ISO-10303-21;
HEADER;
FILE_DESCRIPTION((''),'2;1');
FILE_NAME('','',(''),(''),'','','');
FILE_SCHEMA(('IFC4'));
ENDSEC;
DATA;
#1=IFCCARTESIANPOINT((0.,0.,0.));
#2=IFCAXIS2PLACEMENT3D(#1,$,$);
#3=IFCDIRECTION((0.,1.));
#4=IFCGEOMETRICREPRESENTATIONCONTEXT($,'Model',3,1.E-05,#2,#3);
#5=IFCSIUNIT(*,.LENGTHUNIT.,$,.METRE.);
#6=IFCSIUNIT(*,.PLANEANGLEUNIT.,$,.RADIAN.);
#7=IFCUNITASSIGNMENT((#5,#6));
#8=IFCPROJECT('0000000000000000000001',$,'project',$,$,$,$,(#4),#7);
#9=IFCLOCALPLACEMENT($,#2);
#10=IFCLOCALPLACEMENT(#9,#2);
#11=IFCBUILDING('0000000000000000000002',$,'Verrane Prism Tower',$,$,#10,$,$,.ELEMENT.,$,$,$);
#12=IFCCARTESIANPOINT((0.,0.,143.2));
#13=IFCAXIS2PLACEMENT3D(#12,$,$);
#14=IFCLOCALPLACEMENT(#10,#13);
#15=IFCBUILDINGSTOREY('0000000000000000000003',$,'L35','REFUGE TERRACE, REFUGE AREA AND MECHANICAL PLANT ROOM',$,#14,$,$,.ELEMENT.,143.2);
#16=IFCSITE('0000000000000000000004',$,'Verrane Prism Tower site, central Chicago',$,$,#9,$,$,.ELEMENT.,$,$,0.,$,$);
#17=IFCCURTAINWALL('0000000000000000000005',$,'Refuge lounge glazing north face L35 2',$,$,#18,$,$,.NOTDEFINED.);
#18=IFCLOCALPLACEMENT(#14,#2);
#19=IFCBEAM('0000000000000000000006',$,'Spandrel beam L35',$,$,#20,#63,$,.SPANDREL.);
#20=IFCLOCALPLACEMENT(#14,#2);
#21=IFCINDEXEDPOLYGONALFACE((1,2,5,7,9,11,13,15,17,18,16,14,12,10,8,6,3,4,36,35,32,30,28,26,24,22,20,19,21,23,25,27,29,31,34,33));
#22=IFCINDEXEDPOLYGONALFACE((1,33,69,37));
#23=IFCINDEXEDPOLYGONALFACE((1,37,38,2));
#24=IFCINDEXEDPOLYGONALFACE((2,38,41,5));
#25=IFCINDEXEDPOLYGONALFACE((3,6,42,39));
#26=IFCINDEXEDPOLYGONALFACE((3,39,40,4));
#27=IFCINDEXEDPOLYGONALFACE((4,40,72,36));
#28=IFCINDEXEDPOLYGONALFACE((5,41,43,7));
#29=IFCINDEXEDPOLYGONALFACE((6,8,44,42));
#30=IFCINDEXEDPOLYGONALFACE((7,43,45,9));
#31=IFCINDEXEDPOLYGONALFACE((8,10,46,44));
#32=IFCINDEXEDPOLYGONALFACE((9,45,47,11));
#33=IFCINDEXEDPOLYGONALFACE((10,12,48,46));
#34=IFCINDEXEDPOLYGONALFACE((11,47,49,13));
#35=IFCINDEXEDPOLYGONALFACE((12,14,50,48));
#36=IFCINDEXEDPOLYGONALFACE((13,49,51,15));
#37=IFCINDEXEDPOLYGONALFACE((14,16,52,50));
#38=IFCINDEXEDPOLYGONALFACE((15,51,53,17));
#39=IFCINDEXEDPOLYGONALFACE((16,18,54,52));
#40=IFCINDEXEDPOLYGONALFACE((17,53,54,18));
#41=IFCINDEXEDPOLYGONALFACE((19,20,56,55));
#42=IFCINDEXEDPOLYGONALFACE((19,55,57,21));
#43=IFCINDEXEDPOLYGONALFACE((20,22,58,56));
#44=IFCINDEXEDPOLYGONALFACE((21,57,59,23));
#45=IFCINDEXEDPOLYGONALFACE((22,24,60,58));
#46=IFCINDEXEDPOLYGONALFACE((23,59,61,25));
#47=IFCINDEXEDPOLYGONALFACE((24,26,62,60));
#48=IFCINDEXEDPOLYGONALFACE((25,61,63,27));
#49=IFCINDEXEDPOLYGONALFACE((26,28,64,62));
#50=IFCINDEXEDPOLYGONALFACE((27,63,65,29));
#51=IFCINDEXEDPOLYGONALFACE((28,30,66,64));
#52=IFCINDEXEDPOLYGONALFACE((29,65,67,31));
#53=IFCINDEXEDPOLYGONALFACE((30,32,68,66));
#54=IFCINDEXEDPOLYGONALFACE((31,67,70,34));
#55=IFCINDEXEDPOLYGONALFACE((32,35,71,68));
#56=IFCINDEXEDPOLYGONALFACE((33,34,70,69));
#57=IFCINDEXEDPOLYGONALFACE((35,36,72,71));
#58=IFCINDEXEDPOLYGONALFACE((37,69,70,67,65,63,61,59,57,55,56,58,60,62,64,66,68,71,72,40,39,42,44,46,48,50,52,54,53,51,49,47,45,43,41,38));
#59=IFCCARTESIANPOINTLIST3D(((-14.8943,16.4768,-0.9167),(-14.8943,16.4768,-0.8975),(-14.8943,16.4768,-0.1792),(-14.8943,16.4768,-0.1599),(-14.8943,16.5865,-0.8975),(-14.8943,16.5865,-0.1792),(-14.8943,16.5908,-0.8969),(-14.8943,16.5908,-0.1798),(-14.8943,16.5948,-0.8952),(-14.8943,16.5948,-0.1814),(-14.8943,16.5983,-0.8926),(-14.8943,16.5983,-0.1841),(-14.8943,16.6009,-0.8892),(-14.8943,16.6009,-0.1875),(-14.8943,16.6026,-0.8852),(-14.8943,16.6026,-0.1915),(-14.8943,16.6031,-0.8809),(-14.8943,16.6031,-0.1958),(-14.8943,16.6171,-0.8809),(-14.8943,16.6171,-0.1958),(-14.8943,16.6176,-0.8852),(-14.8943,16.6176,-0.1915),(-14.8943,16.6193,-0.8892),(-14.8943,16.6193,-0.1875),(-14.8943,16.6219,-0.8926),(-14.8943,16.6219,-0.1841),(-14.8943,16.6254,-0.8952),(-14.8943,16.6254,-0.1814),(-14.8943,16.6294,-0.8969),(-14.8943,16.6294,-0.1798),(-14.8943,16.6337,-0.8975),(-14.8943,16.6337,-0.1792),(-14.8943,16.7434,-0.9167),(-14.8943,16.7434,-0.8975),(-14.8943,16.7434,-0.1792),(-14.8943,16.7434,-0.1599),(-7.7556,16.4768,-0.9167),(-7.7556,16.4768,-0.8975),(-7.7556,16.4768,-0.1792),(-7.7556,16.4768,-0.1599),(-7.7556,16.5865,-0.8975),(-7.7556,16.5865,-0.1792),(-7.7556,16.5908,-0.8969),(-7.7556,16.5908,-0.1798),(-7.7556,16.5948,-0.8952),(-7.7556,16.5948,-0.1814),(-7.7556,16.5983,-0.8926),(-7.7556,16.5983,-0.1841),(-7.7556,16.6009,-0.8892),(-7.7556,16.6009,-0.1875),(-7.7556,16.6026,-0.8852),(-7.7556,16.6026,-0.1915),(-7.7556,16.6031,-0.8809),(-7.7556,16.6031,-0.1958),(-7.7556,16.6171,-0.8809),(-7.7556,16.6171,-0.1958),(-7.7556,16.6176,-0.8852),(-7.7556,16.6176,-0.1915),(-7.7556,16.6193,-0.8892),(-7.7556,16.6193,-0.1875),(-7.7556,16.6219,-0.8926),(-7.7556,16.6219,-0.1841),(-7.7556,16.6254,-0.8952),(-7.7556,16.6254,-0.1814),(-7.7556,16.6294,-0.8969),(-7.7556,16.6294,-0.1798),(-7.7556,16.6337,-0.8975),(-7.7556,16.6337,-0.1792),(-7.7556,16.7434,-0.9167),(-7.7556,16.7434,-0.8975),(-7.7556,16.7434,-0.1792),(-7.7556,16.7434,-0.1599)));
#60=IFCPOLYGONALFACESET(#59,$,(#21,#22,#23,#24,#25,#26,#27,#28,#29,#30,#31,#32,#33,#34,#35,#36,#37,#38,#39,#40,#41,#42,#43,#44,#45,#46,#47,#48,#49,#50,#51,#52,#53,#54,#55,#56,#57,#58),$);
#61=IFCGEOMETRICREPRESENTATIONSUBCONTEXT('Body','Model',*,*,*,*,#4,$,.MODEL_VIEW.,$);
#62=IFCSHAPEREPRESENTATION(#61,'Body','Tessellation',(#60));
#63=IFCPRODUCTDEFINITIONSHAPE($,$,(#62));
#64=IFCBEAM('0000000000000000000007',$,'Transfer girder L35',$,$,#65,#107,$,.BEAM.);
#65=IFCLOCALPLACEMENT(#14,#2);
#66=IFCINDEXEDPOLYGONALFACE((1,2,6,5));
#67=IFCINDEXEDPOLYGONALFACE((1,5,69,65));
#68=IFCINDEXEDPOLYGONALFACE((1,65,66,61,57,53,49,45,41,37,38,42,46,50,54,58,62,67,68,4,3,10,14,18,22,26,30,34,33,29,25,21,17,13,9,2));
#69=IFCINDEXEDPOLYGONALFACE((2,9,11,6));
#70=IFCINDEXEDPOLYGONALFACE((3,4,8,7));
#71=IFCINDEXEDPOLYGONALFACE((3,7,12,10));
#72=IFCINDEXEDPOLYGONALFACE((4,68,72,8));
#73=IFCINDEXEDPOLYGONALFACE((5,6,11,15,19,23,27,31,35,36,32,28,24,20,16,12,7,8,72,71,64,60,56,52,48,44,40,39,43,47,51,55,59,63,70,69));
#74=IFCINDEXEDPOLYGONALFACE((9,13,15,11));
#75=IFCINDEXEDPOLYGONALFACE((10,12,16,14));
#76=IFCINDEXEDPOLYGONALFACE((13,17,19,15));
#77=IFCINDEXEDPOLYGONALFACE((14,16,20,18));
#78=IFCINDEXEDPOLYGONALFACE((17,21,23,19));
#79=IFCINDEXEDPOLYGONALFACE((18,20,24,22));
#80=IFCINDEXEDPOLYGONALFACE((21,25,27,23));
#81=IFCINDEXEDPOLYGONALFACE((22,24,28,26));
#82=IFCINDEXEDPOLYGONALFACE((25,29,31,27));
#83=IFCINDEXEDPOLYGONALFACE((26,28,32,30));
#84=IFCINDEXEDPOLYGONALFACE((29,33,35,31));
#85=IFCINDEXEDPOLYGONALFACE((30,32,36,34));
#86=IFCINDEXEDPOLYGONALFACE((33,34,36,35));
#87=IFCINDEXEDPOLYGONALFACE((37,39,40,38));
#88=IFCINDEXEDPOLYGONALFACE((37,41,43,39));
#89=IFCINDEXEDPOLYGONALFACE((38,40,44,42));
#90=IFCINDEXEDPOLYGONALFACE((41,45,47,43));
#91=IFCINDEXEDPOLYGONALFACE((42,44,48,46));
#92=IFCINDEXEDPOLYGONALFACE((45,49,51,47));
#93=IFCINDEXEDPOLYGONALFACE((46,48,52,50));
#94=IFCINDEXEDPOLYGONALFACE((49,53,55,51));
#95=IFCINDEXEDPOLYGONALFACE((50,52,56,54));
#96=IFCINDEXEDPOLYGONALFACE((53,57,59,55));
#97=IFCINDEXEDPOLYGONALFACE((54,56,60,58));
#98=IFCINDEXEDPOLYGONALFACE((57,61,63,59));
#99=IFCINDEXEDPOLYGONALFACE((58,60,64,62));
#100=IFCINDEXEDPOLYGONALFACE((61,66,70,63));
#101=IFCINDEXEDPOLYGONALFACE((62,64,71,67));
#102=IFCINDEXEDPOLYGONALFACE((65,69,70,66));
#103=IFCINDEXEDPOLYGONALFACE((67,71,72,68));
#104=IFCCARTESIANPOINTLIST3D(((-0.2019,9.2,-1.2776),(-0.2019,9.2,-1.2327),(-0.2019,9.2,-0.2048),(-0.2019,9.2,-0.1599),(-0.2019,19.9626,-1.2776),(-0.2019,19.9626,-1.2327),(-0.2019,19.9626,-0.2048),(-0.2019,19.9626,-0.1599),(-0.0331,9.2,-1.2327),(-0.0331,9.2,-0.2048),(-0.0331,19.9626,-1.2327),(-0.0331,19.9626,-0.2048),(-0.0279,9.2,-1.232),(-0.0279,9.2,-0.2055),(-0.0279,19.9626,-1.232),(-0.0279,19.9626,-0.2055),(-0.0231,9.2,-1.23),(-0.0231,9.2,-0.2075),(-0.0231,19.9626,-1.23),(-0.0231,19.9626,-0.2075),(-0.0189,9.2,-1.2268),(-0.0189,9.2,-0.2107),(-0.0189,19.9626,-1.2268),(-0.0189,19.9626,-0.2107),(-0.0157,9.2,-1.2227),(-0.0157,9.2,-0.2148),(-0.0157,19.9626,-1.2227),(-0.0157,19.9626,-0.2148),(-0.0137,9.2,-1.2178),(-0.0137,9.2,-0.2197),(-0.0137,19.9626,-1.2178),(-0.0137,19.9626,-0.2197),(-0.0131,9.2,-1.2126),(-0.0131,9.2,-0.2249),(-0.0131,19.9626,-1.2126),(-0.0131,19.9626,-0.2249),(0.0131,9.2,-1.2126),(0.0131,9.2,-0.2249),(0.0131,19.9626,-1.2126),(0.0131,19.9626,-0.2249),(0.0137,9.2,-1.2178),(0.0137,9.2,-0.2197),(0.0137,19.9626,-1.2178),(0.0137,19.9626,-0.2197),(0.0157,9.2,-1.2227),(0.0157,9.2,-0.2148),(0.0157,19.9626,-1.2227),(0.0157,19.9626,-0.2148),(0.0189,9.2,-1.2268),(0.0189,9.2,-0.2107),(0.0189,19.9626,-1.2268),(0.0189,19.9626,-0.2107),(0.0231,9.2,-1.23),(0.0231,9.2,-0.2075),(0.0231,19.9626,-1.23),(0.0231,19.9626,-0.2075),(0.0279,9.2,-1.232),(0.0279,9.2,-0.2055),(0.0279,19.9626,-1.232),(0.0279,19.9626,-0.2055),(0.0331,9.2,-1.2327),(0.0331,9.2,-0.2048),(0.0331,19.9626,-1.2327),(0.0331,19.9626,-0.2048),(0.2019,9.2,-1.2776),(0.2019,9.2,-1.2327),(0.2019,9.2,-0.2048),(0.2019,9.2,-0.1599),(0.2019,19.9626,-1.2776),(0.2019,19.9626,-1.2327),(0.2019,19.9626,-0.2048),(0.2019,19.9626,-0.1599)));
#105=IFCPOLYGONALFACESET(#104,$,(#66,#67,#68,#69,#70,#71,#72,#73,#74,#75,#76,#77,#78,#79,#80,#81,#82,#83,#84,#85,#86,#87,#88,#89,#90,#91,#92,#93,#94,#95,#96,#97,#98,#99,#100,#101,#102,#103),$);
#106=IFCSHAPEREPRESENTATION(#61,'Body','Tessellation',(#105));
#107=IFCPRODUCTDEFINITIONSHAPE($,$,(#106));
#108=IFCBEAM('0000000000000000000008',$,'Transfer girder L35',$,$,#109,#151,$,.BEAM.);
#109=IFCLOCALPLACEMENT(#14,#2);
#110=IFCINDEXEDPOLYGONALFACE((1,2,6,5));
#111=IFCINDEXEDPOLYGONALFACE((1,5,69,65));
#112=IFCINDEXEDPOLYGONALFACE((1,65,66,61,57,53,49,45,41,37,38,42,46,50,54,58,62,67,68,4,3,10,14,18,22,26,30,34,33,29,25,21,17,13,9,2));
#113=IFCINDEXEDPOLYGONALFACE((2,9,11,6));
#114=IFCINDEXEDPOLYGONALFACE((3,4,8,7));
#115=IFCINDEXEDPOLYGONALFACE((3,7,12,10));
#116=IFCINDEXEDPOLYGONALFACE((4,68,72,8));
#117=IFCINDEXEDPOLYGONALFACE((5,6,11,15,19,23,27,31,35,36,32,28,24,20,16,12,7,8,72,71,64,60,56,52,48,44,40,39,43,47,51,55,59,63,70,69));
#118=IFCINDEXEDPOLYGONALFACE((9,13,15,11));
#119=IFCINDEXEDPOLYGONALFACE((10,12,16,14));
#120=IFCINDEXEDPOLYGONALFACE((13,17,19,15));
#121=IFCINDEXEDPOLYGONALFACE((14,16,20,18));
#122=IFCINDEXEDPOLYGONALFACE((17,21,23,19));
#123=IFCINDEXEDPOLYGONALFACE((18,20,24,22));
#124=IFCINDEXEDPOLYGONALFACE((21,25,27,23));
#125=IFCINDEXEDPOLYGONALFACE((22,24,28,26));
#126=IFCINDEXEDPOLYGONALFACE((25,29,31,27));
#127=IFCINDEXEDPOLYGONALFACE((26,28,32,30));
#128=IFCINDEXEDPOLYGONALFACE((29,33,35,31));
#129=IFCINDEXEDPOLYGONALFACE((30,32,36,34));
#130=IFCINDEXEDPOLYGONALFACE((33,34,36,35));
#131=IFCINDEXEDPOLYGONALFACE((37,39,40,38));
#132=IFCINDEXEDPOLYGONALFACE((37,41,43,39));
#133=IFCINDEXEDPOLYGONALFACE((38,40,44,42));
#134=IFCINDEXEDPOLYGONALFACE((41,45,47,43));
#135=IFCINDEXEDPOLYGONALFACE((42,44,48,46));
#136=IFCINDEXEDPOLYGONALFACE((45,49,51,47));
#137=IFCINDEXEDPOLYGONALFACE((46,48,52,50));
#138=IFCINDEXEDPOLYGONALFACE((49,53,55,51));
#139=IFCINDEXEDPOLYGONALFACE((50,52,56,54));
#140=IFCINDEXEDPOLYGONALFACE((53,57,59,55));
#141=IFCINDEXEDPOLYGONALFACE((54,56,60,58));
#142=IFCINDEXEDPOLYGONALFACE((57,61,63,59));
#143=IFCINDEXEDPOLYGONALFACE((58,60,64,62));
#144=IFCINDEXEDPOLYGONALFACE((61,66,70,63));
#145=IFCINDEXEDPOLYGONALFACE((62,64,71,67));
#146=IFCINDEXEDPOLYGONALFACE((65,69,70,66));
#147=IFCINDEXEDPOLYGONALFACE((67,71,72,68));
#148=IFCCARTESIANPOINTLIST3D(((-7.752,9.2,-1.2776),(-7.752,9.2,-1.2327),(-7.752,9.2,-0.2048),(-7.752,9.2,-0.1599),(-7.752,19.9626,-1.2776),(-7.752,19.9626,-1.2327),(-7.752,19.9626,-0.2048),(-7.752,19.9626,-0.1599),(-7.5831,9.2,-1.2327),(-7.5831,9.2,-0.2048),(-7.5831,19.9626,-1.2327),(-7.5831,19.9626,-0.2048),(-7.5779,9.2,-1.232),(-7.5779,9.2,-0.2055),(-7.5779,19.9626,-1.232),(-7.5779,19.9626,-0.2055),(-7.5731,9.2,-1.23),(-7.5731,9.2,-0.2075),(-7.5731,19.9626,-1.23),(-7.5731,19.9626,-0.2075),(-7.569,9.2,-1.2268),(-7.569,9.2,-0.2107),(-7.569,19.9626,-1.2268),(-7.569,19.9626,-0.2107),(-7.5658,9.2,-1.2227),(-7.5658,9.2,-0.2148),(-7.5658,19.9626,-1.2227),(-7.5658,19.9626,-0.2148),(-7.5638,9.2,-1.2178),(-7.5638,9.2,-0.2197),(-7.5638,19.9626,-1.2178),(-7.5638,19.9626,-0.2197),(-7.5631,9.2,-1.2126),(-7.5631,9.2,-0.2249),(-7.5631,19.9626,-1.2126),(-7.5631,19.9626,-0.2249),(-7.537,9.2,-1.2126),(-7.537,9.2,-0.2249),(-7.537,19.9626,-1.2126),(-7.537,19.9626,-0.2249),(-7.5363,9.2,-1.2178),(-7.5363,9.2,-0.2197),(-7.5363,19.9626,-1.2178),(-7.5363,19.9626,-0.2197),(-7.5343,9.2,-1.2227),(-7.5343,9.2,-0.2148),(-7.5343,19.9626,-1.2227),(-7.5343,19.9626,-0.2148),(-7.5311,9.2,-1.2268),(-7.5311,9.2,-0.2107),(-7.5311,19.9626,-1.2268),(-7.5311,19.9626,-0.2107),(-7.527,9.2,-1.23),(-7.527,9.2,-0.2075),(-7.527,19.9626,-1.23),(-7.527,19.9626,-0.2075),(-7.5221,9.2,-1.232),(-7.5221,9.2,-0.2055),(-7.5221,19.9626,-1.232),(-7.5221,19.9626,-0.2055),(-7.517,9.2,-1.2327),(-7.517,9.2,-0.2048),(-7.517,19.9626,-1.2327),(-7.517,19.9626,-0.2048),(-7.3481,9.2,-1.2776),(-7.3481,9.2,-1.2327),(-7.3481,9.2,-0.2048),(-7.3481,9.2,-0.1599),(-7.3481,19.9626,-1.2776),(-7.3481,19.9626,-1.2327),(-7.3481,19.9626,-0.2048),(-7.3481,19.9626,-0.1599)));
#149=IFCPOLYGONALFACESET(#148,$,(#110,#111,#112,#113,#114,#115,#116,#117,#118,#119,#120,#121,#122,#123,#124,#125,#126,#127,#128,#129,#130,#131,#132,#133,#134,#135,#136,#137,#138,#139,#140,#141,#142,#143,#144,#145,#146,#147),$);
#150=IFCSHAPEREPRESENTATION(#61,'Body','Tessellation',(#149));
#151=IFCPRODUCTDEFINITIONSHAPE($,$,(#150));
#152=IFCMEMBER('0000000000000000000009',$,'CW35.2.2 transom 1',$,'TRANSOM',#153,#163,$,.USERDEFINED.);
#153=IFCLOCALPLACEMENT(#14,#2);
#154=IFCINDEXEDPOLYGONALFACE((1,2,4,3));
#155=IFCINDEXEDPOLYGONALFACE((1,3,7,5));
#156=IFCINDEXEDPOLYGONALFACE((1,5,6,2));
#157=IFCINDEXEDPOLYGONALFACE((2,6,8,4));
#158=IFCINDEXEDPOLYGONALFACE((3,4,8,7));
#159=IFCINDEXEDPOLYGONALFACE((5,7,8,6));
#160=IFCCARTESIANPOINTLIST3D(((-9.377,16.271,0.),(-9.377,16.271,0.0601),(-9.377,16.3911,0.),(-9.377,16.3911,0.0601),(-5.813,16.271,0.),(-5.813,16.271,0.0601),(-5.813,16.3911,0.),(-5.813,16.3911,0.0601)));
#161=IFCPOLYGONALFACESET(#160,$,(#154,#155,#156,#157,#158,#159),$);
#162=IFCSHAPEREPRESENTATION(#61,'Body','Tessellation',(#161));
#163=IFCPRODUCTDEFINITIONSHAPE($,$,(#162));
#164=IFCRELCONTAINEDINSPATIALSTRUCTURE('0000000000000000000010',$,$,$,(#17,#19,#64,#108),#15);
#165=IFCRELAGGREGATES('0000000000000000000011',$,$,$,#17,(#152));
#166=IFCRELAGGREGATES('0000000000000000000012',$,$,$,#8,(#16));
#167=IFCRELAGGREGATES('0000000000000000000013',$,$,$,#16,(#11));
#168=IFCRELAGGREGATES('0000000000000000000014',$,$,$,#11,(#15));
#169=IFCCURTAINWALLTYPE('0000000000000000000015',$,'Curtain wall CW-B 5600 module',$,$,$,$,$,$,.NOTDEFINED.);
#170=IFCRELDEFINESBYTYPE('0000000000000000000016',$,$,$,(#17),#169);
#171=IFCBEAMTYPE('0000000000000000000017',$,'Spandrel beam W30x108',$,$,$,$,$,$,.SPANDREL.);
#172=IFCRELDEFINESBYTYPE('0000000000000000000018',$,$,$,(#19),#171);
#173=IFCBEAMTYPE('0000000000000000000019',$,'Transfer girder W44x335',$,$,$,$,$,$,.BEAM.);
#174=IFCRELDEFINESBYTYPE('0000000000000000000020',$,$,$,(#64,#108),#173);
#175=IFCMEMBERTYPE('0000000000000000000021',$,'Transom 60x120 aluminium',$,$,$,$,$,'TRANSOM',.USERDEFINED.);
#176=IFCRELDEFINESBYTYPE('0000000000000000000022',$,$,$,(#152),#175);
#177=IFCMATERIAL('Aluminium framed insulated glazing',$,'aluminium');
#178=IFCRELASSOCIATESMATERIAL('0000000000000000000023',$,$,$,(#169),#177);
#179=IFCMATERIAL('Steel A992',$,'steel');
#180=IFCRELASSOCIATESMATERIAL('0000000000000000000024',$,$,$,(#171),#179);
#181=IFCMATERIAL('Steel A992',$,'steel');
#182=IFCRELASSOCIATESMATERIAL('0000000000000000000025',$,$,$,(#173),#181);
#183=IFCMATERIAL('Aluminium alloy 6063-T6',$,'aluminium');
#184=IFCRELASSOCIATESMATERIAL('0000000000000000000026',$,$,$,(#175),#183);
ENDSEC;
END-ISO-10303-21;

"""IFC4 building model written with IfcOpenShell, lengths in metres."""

from ifc_helpers import new_model, si_unit, direction, frame, origin, origin_2d, place, context, subcontext, project, spatial, rectangle, i_section, extrude, material, material_profile, profile_set, type_object, element, aggregate, save


model = new_model("IFC4")

# Units and contexts
model_context = context("Model", 3, precision=1e-05, world=origin(), true_north=direction((0.0, 1.0)))
body_context = subcontext(model_context, "Body", "Model", "MODEL_VIEW")
ifc_project = project(units=[si_unit("LENGTHUNIT", "METRE"), si_unit("PLANEANGLEUNIT", "RADIAN")], contexts=[model_context])

# Site, building, storey
site_placement = place(None, origin())
site = spatial("IfcSite", under=ifc_project, at=site_placement, Name="Verrane Prism Tower site, central Chicago", CompositionType="ELEMENT", RefElevation=0.0)
building_placement = place(site_placement, origin())
building = spatial("IfcBuilding", under=site, at=building_placement, Name="Verrane Prism Tower", CompositionType="ELEMENT")
storey_placement = place(building_placement, frame((0.0, 0.0, 143.2)))
storey = spatial("IfcBuildingStorey", under=building, at=storey_placement, Name="L35", Description="REFUGE TERRACE, REFUGE AREA AND MECHANICAL PLANT ROOM", CompositionType="ELEMENT", Elevation=143.2)

# Curtain wall
ifc_material_1 = material(Name="Aluminium framed insulated glazing", Category="aluminium")
curtain_wall_type = type_object("IfcCurtainWallType", Name="Curtain wall CW-B 5600 module", PredefinedType="NOTDEFINED", material=ifc_material_1)
curtain_wall_placement = place(storey_placement, origin())
curtain_wall = element("IfcCurtainWall", 1, at=curtain_wall_placement, inside=storey, type_object=curtain_wall_type, Name="Refuge lounge glazing north face L35 2", PredefinedType="NOTDEFINED")

# Beams
ifc_material_2 = material(Name="Steel A992", Category="steel")
ifc_material_profile_1 = material_profile(ifc_material_2, i_section(OverallWidth=0.2666, OverallDepth=0.7568, WebThickness=0.0139, FlangeThickness=0.0193, FilletRadius=0.0166, at=origin_2d()), Name="W30x108")
ifc_profile_set_1 = profile_set([ifc_material_profile_1], Name="Steel A992")
beam_type_1 = type_object("IfcBeamType", Name="Spandrel beam W30x108", PredefinedType="SPANDREL", material=ifc_profile_set_1)
beam_1_placement = place(storey_placement, frame((-7.7556, 16.6101, -0.5383), z_axis=(-1.0, 0.0, 0.0), x_axis=(0.0, -1.0, 0.0)))
element("IfcBeam", 2, at=beam_1_placement, inside=storey, type_object=beam_type_1, Name="Spandrel beam L35", PredefinedType="SPANDREL", context=body_context, shape_type="SweptSolid", body=[
    extrude(i_section(OverallWidth=0.2666, OverallDepth=0.7568, WebThickness=0.0139, FlangeThickness=0.0193, FilletRadius=0.0166, at=origin_2d()), origin(), (0.0, 0.0, 1.0), 7.1387),
])
ifc_material_3 = material(Name="Steel A992", Category="steel")
ifc_material_profile_2 = material_profile(ifc_material_3, i_section(OverallWidth=0.4038, OverallDepth=1.1177, WebThickness=0.0261, FlangeThickness=0.0449, FilletRadius=0.02, at=origin_2d()), Name="W44x335")
ifc_profile_set_2 = profile_set([ifc_material_profile_2], Name="Steel A992")
beam_type_2 = type_object("IfcBeamType", Name="Transfer girder W44x335", PredefinedType="BEAM", material=ifc_profile_set_2)
for number, where, z_axis, x_axis, name in (
    (3, (0.0, 19.9626, -0.7188), (0.0, -1.0, 0.0), (1.0, 0.0, 0.0), "Transfer girder L35"),
    (4, (-7.55, 19.9626, -0.7188), (0.0, -1.0, 0.0), (1.0, 0.0, 0.0), "Transfer girder L35"),
):
    element("IfcBeam", number, at=place(storey_placement, frame(where, z_axis=z_axis, x_axis=x_axis)), inside=storey, type_object=beam_type_2, Name=name, PredefinedType="BEAM", context=body_context, shape_type="SweptSolid", body=[
        extrude(i_section(OverallWidth=0.4038, OverallDepth=1.1177, WebThickness=0.0261, FlangeThickness=0.0449, FilletRadius=0.02, at=origin_2d()), origin(), (0.0, 0.0, 1.0), 10.7627),
    ])

# Member
ifc_material_4 = material(Name="Aluminium alloy 6063-T6", Category="aluminium")
ifc_material_profile_3 = material_profile(ifc_material_4, rectangle(XDim=0.1201, YDim=0.0601, at=origin_2d()), Name="Transom 60x120 aluminium")
ifc_profile_set_3 = profile_set([ifc_material_profile_3], Name="Aluminium alloy 6063-T6")
member_type_1 = type_object("IfcMemberType", Name="Transom 60x120 aluminium", ElementType="TRANSOM", PredefinedType="USERDEFINED", material=ifc_profile_set_3)
member_1_placement = place(storey_placement, frame((-5.813, 16.3311, 0.03), z_axis=(-1.0, 0.0, 0.0), x_axis=(0.0, -1.0, 0.0)))
member_1 = element("IfcMember", 5, at=member_1_placement, type_object=member_type_1, Name="CW35.2.2 transom 1", ObjectType="TRANSOM", PredefinedType="USERDEFINED", context=body_context, shape_type="SweptSolid", body=[
    extrude(rectangle(XDim=0.1201, YDim=0.0601, at=origin_2d()), origin(), (0.0, 0.0, 1.0), 3.564),
])
aggregate(curtain_wall, [member_1])

save(model, "model.ifc")
